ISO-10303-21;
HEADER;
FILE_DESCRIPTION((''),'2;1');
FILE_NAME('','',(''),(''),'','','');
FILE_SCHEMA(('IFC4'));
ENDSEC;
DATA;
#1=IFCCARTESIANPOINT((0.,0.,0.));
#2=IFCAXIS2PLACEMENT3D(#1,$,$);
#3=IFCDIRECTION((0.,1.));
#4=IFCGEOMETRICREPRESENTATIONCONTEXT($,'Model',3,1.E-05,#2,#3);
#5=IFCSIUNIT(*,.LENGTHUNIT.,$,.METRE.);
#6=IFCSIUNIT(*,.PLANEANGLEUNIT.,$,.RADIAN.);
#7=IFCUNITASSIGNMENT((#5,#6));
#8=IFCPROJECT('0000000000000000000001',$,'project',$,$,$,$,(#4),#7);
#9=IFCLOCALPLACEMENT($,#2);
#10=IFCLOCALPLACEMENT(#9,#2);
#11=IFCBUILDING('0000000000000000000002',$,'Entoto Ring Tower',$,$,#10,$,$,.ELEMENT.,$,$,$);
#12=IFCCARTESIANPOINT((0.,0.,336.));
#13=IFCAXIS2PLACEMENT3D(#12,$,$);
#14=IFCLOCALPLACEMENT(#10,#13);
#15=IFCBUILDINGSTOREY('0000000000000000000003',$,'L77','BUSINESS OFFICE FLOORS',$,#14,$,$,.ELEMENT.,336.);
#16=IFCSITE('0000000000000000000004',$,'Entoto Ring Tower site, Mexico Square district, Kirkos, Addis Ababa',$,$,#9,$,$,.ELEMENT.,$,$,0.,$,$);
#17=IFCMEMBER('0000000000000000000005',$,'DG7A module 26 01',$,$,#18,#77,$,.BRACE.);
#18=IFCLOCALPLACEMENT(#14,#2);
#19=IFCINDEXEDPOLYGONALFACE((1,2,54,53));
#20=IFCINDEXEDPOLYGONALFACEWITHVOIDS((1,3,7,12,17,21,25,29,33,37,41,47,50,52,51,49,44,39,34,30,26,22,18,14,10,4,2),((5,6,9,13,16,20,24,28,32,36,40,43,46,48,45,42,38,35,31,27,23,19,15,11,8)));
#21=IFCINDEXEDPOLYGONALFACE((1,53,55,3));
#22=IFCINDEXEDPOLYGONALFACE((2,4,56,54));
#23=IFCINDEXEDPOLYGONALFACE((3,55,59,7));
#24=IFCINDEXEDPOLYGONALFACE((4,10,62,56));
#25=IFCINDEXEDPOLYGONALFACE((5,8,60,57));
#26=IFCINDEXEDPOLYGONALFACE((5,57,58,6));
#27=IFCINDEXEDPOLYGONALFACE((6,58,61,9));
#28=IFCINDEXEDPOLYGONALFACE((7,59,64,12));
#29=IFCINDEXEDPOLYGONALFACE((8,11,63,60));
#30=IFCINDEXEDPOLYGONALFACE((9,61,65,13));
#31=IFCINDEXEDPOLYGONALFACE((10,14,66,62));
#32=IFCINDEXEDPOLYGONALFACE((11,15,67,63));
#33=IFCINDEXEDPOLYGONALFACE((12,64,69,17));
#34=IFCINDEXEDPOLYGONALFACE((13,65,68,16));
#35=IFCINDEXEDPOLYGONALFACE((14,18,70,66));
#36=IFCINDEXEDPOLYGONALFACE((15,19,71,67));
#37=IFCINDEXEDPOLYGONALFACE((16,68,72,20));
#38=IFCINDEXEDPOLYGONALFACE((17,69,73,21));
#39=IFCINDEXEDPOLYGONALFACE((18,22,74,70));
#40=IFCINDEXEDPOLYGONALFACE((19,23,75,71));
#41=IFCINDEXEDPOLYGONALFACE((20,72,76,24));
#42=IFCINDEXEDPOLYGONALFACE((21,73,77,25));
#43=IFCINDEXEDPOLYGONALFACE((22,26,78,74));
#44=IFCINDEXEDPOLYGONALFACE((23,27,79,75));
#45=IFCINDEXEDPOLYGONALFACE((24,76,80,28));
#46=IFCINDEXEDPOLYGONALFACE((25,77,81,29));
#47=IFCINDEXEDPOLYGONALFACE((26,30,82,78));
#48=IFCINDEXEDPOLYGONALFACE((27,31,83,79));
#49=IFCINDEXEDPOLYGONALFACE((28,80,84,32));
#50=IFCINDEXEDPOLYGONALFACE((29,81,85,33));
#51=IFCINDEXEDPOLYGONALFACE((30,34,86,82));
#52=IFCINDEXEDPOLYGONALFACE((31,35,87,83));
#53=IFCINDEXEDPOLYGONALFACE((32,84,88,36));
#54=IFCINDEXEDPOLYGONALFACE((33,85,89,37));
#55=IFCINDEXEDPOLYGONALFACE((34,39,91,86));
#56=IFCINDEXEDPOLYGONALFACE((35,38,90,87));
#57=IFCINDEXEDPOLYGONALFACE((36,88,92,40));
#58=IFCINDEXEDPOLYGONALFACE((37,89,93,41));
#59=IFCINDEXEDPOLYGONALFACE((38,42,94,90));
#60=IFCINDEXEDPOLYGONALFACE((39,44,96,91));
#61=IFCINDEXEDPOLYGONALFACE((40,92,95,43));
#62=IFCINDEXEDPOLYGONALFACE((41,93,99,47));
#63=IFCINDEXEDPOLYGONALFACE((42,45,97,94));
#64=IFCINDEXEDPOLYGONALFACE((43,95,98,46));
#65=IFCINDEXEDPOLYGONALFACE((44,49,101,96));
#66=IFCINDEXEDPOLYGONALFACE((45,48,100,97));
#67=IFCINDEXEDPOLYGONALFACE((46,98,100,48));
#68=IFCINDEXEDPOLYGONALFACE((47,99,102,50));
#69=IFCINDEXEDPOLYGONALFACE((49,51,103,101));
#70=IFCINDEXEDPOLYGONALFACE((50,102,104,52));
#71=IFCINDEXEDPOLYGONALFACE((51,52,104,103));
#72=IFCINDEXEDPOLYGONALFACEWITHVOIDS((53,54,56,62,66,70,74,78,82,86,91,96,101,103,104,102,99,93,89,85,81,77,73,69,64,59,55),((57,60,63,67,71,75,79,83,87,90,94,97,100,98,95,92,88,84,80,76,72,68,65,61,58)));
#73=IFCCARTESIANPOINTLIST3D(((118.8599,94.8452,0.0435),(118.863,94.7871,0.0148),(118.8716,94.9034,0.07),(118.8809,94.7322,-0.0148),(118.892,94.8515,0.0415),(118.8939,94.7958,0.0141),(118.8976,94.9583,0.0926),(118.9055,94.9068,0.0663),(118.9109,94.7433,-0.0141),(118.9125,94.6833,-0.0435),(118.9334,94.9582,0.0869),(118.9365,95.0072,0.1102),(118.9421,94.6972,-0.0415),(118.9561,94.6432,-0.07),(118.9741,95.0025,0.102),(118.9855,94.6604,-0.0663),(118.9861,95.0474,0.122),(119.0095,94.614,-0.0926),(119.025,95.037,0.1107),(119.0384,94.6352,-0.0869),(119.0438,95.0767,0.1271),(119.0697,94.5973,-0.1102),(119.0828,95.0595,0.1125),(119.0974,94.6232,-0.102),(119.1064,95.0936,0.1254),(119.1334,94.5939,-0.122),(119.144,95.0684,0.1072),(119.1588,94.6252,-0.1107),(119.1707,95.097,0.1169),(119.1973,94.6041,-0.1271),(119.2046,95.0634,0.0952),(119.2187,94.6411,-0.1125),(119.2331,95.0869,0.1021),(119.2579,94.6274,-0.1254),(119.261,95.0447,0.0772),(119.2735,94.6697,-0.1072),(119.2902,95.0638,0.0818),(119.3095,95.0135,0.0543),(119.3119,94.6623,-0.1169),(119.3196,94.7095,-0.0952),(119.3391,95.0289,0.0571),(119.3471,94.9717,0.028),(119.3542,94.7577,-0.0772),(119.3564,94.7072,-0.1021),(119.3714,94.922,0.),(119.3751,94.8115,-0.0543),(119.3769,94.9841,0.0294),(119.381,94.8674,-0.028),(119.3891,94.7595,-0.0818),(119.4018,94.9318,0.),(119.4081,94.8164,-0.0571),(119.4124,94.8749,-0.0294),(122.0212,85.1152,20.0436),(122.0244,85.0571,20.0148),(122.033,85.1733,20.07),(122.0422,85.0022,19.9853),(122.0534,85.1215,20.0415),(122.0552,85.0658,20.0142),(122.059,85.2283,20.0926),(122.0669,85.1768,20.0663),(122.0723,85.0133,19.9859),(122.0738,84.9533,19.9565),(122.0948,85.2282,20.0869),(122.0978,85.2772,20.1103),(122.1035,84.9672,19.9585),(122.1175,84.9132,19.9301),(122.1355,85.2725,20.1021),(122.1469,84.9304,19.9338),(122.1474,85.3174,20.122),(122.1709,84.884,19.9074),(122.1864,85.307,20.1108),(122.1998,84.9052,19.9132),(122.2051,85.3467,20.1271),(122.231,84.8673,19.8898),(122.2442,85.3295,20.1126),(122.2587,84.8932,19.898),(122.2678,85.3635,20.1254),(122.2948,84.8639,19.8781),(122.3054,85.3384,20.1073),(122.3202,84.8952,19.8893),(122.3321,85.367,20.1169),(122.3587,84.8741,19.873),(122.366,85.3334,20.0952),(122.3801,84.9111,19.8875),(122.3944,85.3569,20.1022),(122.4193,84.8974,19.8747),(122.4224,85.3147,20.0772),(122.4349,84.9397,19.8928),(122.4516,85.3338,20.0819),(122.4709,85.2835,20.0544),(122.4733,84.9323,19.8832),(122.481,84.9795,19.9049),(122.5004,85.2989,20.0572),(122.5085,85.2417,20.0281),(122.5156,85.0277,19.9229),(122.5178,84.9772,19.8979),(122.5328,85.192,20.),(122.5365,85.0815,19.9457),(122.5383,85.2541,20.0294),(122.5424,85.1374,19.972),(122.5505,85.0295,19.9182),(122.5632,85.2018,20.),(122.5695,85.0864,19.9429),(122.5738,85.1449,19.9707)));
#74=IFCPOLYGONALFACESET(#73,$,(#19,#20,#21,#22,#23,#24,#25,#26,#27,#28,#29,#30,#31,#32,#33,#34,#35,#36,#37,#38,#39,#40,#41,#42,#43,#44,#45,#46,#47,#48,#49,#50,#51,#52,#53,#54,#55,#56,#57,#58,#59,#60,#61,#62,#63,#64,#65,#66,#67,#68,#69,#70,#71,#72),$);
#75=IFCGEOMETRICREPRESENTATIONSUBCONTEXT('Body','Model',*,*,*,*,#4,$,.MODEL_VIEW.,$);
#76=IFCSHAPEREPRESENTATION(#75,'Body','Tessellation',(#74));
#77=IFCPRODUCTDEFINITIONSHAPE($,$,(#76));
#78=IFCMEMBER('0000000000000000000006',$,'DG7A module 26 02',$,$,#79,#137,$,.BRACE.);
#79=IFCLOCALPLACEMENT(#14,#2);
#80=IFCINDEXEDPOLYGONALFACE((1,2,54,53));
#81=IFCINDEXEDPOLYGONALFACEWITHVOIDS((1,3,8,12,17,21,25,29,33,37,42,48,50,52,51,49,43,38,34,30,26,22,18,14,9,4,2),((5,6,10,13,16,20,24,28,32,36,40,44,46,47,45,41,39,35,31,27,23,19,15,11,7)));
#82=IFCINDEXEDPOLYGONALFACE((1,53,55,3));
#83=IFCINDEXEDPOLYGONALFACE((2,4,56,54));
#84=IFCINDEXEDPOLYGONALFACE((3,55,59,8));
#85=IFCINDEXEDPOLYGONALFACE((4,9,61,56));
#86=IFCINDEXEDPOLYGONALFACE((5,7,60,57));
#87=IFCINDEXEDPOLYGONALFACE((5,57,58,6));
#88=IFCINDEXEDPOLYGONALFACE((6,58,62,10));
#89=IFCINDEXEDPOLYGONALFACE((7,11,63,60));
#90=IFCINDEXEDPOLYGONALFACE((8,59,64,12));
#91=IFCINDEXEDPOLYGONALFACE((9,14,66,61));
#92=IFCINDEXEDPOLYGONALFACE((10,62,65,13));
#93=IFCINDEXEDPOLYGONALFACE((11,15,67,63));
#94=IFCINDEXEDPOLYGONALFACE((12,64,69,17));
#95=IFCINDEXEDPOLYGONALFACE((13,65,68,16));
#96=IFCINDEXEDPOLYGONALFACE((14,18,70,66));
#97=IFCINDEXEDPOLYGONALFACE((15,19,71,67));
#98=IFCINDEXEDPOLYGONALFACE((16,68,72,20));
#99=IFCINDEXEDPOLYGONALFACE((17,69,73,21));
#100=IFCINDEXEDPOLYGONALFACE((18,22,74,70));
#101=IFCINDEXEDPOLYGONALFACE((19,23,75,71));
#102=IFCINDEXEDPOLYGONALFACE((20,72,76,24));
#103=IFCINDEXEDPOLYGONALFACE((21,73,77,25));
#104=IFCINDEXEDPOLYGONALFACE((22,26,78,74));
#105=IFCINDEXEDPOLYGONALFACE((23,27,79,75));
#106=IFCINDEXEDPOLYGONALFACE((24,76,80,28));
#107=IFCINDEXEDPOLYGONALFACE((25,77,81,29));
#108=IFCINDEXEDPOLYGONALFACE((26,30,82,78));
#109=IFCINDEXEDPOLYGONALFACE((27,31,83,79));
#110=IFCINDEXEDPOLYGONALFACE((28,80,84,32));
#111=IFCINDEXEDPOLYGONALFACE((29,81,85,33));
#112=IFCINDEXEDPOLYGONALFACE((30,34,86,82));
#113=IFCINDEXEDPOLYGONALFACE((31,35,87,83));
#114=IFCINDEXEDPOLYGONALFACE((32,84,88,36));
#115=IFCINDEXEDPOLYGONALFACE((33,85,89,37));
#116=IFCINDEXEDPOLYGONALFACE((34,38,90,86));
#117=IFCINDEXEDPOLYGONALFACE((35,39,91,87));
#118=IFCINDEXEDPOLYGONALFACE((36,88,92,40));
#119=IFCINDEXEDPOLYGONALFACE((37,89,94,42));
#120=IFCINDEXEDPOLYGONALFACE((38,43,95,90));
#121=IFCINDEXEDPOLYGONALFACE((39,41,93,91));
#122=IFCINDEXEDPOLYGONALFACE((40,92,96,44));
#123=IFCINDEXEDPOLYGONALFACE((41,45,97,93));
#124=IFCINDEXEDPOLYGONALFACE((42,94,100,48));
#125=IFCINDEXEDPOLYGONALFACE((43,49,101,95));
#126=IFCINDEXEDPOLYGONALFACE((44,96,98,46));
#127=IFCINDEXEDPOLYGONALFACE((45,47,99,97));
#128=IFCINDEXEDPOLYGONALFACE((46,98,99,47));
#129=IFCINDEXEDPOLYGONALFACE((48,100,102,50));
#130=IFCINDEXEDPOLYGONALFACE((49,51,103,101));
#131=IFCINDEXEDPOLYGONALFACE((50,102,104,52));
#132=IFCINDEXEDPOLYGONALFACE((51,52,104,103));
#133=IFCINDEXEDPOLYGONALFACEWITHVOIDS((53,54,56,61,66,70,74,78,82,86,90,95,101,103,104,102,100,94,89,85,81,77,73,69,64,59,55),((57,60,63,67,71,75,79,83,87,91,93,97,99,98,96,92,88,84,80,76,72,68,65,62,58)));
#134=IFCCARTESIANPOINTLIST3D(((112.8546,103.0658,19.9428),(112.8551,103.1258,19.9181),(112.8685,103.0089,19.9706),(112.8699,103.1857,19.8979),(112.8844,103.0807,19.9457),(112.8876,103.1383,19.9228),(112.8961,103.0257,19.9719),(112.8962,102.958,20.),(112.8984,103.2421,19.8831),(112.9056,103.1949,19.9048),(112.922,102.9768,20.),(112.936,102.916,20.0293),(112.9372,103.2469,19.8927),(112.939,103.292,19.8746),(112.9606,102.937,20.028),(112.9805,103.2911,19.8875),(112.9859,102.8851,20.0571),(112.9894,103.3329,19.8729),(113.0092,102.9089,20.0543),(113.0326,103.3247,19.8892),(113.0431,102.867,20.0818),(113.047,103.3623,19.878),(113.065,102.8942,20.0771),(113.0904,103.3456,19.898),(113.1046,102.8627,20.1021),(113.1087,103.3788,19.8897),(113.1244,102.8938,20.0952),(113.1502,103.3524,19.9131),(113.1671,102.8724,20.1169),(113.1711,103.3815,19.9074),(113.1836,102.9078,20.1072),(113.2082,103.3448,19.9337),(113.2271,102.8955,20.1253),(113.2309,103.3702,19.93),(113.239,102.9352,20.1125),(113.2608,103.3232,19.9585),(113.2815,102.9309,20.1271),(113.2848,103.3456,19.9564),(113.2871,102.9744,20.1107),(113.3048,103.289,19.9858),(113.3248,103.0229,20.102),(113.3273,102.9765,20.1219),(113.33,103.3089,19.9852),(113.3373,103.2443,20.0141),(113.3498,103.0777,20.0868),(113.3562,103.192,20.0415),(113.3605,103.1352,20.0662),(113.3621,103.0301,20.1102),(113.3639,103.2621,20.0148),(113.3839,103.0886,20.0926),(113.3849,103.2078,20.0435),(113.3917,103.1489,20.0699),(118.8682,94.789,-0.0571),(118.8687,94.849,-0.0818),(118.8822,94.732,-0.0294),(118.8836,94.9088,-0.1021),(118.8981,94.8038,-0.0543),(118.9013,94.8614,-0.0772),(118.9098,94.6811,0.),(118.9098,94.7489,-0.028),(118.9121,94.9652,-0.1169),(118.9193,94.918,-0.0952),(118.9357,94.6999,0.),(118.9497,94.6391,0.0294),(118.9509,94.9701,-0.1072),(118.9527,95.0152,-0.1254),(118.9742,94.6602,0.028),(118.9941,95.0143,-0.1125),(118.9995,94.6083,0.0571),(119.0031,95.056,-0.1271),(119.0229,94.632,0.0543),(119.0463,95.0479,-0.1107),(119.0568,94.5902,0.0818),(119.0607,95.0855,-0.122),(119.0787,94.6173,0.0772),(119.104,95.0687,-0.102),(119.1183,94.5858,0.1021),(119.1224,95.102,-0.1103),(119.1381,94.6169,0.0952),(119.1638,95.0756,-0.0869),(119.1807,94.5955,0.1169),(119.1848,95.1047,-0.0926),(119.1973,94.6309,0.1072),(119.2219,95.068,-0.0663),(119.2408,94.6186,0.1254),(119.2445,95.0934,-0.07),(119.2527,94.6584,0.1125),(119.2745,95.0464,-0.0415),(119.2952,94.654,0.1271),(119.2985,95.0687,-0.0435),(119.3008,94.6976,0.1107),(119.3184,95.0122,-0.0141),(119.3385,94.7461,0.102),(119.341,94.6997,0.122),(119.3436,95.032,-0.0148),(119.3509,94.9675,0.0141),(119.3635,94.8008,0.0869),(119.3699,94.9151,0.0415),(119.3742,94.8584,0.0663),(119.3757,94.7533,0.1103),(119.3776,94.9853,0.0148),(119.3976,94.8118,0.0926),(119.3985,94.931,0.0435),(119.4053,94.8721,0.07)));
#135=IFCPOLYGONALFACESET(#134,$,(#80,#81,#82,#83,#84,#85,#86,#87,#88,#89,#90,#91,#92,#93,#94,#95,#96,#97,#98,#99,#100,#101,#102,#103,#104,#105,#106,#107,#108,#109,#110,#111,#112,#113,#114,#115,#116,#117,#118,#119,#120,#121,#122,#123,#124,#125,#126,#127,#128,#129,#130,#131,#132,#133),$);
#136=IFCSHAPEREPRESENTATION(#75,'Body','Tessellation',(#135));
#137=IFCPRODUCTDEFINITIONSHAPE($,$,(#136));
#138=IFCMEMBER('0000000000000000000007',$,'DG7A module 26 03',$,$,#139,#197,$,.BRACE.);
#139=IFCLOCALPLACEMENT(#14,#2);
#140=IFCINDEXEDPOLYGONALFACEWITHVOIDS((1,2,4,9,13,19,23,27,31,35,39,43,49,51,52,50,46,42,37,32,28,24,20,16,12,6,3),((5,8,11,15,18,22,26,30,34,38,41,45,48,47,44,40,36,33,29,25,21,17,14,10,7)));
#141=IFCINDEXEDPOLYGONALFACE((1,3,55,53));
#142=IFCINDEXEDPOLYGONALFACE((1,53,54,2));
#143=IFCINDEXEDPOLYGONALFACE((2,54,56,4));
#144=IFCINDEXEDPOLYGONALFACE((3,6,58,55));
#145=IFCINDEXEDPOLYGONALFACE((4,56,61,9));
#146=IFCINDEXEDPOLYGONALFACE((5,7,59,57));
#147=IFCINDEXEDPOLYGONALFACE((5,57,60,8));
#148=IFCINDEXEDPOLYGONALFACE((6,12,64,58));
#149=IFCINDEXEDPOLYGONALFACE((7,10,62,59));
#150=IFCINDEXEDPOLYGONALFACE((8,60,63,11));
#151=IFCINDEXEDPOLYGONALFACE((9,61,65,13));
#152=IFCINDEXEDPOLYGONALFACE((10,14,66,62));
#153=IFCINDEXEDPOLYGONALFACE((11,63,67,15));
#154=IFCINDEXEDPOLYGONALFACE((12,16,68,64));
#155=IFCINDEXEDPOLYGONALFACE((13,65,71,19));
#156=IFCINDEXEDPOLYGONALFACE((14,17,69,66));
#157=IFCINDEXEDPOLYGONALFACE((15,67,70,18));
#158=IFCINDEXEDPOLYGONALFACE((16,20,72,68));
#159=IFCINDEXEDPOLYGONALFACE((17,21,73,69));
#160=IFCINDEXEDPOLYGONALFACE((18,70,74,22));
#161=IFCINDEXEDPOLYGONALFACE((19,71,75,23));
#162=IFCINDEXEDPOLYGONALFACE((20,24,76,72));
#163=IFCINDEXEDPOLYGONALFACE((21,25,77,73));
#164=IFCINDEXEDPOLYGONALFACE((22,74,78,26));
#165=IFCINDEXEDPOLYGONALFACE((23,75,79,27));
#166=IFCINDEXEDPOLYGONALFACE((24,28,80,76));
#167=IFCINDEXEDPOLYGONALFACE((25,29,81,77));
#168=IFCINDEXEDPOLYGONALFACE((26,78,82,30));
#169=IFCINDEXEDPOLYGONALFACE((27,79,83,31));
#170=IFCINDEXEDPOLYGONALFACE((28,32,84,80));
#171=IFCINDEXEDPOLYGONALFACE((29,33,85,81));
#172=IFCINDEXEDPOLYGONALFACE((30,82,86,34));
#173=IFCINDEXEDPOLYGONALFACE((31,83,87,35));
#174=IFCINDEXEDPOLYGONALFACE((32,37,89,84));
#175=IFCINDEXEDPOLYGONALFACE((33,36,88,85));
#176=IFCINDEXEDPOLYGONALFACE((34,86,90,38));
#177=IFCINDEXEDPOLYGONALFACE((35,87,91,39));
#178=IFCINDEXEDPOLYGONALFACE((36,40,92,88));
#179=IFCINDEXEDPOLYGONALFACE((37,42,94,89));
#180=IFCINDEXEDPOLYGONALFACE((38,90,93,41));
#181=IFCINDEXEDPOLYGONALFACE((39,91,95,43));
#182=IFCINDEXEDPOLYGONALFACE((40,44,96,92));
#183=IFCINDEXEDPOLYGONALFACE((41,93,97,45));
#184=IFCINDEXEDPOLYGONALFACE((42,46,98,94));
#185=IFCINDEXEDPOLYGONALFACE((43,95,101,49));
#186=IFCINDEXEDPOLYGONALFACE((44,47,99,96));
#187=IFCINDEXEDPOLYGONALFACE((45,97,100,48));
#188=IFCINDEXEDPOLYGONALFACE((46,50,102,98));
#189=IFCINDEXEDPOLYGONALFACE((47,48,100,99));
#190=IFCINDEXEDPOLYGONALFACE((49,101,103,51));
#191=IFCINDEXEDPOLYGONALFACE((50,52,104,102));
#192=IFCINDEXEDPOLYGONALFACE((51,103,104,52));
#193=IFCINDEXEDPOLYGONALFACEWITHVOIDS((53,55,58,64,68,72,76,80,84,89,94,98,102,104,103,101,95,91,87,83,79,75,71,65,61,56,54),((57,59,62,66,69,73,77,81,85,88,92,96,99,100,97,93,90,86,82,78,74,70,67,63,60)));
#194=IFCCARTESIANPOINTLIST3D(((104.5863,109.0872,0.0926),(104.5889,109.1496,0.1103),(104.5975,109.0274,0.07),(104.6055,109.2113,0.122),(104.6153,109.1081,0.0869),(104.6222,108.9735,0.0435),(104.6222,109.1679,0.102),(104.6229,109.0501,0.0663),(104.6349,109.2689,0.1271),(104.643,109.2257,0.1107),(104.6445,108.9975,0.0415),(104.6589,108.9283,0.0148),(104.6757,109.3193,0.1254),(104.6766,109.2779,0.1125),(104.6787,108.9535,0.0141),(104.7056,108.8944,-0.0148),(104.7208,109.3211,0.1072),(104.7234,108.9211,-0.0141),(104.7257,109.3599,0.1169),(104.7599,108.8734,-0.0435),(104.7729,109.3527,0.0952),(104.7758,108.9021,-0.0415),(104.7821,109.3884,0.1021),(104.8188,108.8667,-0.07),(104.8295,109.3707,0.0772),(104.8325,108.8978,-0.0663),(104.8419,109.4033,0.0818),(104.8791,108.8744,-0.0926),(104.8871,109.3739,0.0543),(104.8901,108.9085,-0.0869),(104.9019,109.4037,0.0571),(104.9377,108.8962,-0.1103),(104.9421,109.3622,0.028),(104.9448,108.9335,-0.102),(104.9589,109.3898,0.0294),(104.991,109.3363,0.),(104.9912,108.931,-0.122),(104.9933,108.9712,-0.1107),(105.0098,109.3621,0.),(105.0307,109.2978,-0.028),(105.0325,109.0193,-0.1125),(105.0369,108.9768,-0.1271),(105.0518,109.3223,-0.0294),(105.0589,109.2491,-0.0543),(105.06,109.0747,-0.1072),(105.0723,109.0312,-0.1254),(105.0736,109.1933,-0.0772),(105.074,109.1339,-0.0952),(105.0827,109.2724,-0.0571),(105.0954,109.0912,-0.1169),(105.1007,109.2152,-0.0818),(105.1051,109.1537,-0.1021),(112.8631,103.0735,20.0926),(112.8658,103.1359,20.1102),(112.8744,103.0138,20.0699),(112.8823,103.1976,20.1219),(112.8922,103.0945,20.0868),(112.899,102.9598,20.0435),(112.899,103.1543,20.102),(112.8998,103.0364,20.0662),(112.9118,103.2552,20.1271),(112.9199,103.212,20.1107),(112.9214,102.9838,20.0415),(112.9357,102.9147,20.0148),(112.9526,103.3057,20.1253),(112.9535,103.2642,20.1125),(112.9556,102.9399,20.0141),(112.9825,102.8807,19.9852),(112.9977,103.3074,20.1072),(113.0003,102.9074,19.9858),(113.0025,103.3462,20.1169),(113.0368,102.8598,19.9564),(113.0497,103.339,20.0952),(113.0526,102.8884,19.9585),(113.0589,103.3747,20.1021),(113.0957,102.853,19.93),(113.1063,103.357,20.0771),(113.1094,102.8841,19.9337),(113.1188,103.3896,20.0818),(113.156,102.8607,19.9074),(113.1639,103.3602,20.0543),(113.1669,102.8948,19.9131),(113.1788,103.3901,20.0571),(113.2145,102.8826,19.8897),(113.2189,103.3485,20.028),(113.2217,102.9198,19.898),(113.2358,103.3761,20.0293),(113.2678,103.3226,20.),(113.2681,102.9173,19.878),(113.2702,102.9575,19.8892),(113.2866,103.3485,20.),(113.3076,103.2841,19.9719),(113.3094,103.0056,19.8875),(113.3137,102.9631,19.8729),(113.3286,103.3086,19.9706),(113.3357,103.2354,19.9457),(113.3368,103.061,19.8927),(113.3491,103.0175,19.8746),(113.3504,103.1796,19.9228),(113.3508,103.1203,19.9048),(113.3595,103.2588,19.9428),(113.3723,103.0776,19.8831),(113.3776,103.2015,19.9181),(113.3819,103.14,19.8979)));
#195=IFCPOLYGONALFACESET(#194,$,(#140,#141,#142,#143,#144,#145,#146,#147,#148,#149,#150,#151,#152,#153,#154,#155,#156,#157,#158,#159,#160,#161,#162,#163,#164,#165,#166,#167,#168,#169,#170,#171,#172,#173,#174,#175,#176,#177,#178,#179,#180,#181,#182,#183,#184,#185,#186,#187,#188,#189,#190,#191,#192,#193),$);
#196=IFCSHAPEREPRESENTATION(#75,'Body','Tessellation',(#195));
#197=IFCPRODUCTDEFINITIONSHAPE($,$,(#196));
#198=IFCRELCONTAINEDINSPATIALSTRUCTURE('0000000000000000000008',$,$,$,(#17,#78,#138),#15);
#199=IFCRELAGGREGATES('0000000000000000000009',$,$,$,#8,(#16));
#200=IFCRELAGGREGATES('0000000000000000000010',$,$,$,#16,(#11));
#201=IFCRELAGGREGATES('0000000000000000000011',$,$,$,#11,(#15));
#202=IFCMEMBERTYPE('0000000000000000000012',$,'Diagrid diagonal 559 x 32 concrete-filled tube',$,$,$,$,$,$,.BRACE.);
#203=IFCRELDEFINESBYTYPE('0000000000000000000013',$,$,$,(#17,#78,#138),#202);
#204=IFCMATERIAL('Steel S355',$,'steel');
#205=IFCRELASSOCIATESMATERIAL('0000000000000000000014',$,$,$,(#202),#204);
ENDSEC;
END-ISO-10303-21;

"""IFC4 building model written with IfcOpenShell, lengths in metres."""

from ifc_helpers import new_model, si_unit, direction, frame, origin, origin_2d, place, context, subcontext, project, spatial, circle, hollow_circle, extrude, material, material_profile, profile_set, type_object, element, save


model = new_model("IFC4")

# Units and contexts
model_context = context("Model", 3, precision=1e-05, world=origin(), true_north=direction((0.0, 1.0)))
body_context = subcontext(model_context, "Body", "Model", "MODEL_VIEW")
ifc_project = project(units=[si_unit("LENGTHUNIT", "METRE"), si_unit("PLANEANGLEUNIT", "RADIAN")], contexts=[model_context])

# Site, building, storey
site_placement = place(None, origin())
site = spatial("IfcSite", under=ifc_project, at=site_placement, Name="Entoto Ring Tower site, Mexico Square district, Kirkos, Addis Ababa", CompositionType="ELEMENT", RefElevation=0.0)
building_placement = place(site_placement, origin())
building = spatial("IfcBuilding", under=site, at=building_placement, Name="Entoto Ring Tower", CompositionType="ELEMENT")
storey_placement = place(building_placement, frame((0.0, 0.0, 336.0)))
storey = spatial("IfcBuildingStorey", under=building, at=storey_placement, Name="L77", Description="BUSINESS OFFICE FLOORS", CompositionType="ELEMENT", Elevation=336.0)

# Members
ifc_material_1 = material(Name="Steel S355", Category="steel")
ifc_material_profile_1 = material_profile(ifc_material_1, hollow_circle(Radius=0.2795, WallThickness=0.032, at=origin_2d()), Name="CHS 559 x 32")
ifc_material_2 = material(Name="Concrete C60/75", Category="concrete")
ifc_material_profile_2 = material_profile(ifc_material_2, circle(Radius=0.2476, at=origin_2d()), Name="Concrete C60/75 infill")
ifc_profile_set_1 = profile_set([ifc_material_profile_1, ifc_material_profile_2], Name="Steel S355")
member_type_1 = type_object("IfcMemberType", Name="Diagrid diagonal 559 x 32 concrete-filled tube", PredefinedType="BRACE", material=ifc_profile_set_1)
for number, where, z_axis, x_axis, name in (
    (1, (119.136, 94.8455, 0.0), (0.140726, -0.433121, 0.890282), (0.951059, 0.309009, 0.0), "DG7A module 26 01"),
    (2, (119.136, 94.8455, 0.0), (-0.267692, 0.368435, 0.890279), (-0.809008, -0.587797, 0.0), "DG7A module 26 02"),
    (3, (104.8455, 109.136, 0.0), (0.368435, -0.267692, 0.890279), (0.587797, 0.809008, 0.0), "DG7A module 26 03"),
):
    element("IfcMember", number, at=place(storey_placement, frame(where, z_axis=z_axis, x_axis=x_axis)), inside=storey, type_object=member_type_1, Name=name, PredefinedType="BRACE", context=body_context, shape_type="SweptSolid", body=[
        extrude(hollow_circle(Radius=0.2795, WallThickness=0.032, at=origin_2d()), origin(), (0.0, 0.0, 1.0), 22.4648),
    ])

save(model, "model.ifc")
